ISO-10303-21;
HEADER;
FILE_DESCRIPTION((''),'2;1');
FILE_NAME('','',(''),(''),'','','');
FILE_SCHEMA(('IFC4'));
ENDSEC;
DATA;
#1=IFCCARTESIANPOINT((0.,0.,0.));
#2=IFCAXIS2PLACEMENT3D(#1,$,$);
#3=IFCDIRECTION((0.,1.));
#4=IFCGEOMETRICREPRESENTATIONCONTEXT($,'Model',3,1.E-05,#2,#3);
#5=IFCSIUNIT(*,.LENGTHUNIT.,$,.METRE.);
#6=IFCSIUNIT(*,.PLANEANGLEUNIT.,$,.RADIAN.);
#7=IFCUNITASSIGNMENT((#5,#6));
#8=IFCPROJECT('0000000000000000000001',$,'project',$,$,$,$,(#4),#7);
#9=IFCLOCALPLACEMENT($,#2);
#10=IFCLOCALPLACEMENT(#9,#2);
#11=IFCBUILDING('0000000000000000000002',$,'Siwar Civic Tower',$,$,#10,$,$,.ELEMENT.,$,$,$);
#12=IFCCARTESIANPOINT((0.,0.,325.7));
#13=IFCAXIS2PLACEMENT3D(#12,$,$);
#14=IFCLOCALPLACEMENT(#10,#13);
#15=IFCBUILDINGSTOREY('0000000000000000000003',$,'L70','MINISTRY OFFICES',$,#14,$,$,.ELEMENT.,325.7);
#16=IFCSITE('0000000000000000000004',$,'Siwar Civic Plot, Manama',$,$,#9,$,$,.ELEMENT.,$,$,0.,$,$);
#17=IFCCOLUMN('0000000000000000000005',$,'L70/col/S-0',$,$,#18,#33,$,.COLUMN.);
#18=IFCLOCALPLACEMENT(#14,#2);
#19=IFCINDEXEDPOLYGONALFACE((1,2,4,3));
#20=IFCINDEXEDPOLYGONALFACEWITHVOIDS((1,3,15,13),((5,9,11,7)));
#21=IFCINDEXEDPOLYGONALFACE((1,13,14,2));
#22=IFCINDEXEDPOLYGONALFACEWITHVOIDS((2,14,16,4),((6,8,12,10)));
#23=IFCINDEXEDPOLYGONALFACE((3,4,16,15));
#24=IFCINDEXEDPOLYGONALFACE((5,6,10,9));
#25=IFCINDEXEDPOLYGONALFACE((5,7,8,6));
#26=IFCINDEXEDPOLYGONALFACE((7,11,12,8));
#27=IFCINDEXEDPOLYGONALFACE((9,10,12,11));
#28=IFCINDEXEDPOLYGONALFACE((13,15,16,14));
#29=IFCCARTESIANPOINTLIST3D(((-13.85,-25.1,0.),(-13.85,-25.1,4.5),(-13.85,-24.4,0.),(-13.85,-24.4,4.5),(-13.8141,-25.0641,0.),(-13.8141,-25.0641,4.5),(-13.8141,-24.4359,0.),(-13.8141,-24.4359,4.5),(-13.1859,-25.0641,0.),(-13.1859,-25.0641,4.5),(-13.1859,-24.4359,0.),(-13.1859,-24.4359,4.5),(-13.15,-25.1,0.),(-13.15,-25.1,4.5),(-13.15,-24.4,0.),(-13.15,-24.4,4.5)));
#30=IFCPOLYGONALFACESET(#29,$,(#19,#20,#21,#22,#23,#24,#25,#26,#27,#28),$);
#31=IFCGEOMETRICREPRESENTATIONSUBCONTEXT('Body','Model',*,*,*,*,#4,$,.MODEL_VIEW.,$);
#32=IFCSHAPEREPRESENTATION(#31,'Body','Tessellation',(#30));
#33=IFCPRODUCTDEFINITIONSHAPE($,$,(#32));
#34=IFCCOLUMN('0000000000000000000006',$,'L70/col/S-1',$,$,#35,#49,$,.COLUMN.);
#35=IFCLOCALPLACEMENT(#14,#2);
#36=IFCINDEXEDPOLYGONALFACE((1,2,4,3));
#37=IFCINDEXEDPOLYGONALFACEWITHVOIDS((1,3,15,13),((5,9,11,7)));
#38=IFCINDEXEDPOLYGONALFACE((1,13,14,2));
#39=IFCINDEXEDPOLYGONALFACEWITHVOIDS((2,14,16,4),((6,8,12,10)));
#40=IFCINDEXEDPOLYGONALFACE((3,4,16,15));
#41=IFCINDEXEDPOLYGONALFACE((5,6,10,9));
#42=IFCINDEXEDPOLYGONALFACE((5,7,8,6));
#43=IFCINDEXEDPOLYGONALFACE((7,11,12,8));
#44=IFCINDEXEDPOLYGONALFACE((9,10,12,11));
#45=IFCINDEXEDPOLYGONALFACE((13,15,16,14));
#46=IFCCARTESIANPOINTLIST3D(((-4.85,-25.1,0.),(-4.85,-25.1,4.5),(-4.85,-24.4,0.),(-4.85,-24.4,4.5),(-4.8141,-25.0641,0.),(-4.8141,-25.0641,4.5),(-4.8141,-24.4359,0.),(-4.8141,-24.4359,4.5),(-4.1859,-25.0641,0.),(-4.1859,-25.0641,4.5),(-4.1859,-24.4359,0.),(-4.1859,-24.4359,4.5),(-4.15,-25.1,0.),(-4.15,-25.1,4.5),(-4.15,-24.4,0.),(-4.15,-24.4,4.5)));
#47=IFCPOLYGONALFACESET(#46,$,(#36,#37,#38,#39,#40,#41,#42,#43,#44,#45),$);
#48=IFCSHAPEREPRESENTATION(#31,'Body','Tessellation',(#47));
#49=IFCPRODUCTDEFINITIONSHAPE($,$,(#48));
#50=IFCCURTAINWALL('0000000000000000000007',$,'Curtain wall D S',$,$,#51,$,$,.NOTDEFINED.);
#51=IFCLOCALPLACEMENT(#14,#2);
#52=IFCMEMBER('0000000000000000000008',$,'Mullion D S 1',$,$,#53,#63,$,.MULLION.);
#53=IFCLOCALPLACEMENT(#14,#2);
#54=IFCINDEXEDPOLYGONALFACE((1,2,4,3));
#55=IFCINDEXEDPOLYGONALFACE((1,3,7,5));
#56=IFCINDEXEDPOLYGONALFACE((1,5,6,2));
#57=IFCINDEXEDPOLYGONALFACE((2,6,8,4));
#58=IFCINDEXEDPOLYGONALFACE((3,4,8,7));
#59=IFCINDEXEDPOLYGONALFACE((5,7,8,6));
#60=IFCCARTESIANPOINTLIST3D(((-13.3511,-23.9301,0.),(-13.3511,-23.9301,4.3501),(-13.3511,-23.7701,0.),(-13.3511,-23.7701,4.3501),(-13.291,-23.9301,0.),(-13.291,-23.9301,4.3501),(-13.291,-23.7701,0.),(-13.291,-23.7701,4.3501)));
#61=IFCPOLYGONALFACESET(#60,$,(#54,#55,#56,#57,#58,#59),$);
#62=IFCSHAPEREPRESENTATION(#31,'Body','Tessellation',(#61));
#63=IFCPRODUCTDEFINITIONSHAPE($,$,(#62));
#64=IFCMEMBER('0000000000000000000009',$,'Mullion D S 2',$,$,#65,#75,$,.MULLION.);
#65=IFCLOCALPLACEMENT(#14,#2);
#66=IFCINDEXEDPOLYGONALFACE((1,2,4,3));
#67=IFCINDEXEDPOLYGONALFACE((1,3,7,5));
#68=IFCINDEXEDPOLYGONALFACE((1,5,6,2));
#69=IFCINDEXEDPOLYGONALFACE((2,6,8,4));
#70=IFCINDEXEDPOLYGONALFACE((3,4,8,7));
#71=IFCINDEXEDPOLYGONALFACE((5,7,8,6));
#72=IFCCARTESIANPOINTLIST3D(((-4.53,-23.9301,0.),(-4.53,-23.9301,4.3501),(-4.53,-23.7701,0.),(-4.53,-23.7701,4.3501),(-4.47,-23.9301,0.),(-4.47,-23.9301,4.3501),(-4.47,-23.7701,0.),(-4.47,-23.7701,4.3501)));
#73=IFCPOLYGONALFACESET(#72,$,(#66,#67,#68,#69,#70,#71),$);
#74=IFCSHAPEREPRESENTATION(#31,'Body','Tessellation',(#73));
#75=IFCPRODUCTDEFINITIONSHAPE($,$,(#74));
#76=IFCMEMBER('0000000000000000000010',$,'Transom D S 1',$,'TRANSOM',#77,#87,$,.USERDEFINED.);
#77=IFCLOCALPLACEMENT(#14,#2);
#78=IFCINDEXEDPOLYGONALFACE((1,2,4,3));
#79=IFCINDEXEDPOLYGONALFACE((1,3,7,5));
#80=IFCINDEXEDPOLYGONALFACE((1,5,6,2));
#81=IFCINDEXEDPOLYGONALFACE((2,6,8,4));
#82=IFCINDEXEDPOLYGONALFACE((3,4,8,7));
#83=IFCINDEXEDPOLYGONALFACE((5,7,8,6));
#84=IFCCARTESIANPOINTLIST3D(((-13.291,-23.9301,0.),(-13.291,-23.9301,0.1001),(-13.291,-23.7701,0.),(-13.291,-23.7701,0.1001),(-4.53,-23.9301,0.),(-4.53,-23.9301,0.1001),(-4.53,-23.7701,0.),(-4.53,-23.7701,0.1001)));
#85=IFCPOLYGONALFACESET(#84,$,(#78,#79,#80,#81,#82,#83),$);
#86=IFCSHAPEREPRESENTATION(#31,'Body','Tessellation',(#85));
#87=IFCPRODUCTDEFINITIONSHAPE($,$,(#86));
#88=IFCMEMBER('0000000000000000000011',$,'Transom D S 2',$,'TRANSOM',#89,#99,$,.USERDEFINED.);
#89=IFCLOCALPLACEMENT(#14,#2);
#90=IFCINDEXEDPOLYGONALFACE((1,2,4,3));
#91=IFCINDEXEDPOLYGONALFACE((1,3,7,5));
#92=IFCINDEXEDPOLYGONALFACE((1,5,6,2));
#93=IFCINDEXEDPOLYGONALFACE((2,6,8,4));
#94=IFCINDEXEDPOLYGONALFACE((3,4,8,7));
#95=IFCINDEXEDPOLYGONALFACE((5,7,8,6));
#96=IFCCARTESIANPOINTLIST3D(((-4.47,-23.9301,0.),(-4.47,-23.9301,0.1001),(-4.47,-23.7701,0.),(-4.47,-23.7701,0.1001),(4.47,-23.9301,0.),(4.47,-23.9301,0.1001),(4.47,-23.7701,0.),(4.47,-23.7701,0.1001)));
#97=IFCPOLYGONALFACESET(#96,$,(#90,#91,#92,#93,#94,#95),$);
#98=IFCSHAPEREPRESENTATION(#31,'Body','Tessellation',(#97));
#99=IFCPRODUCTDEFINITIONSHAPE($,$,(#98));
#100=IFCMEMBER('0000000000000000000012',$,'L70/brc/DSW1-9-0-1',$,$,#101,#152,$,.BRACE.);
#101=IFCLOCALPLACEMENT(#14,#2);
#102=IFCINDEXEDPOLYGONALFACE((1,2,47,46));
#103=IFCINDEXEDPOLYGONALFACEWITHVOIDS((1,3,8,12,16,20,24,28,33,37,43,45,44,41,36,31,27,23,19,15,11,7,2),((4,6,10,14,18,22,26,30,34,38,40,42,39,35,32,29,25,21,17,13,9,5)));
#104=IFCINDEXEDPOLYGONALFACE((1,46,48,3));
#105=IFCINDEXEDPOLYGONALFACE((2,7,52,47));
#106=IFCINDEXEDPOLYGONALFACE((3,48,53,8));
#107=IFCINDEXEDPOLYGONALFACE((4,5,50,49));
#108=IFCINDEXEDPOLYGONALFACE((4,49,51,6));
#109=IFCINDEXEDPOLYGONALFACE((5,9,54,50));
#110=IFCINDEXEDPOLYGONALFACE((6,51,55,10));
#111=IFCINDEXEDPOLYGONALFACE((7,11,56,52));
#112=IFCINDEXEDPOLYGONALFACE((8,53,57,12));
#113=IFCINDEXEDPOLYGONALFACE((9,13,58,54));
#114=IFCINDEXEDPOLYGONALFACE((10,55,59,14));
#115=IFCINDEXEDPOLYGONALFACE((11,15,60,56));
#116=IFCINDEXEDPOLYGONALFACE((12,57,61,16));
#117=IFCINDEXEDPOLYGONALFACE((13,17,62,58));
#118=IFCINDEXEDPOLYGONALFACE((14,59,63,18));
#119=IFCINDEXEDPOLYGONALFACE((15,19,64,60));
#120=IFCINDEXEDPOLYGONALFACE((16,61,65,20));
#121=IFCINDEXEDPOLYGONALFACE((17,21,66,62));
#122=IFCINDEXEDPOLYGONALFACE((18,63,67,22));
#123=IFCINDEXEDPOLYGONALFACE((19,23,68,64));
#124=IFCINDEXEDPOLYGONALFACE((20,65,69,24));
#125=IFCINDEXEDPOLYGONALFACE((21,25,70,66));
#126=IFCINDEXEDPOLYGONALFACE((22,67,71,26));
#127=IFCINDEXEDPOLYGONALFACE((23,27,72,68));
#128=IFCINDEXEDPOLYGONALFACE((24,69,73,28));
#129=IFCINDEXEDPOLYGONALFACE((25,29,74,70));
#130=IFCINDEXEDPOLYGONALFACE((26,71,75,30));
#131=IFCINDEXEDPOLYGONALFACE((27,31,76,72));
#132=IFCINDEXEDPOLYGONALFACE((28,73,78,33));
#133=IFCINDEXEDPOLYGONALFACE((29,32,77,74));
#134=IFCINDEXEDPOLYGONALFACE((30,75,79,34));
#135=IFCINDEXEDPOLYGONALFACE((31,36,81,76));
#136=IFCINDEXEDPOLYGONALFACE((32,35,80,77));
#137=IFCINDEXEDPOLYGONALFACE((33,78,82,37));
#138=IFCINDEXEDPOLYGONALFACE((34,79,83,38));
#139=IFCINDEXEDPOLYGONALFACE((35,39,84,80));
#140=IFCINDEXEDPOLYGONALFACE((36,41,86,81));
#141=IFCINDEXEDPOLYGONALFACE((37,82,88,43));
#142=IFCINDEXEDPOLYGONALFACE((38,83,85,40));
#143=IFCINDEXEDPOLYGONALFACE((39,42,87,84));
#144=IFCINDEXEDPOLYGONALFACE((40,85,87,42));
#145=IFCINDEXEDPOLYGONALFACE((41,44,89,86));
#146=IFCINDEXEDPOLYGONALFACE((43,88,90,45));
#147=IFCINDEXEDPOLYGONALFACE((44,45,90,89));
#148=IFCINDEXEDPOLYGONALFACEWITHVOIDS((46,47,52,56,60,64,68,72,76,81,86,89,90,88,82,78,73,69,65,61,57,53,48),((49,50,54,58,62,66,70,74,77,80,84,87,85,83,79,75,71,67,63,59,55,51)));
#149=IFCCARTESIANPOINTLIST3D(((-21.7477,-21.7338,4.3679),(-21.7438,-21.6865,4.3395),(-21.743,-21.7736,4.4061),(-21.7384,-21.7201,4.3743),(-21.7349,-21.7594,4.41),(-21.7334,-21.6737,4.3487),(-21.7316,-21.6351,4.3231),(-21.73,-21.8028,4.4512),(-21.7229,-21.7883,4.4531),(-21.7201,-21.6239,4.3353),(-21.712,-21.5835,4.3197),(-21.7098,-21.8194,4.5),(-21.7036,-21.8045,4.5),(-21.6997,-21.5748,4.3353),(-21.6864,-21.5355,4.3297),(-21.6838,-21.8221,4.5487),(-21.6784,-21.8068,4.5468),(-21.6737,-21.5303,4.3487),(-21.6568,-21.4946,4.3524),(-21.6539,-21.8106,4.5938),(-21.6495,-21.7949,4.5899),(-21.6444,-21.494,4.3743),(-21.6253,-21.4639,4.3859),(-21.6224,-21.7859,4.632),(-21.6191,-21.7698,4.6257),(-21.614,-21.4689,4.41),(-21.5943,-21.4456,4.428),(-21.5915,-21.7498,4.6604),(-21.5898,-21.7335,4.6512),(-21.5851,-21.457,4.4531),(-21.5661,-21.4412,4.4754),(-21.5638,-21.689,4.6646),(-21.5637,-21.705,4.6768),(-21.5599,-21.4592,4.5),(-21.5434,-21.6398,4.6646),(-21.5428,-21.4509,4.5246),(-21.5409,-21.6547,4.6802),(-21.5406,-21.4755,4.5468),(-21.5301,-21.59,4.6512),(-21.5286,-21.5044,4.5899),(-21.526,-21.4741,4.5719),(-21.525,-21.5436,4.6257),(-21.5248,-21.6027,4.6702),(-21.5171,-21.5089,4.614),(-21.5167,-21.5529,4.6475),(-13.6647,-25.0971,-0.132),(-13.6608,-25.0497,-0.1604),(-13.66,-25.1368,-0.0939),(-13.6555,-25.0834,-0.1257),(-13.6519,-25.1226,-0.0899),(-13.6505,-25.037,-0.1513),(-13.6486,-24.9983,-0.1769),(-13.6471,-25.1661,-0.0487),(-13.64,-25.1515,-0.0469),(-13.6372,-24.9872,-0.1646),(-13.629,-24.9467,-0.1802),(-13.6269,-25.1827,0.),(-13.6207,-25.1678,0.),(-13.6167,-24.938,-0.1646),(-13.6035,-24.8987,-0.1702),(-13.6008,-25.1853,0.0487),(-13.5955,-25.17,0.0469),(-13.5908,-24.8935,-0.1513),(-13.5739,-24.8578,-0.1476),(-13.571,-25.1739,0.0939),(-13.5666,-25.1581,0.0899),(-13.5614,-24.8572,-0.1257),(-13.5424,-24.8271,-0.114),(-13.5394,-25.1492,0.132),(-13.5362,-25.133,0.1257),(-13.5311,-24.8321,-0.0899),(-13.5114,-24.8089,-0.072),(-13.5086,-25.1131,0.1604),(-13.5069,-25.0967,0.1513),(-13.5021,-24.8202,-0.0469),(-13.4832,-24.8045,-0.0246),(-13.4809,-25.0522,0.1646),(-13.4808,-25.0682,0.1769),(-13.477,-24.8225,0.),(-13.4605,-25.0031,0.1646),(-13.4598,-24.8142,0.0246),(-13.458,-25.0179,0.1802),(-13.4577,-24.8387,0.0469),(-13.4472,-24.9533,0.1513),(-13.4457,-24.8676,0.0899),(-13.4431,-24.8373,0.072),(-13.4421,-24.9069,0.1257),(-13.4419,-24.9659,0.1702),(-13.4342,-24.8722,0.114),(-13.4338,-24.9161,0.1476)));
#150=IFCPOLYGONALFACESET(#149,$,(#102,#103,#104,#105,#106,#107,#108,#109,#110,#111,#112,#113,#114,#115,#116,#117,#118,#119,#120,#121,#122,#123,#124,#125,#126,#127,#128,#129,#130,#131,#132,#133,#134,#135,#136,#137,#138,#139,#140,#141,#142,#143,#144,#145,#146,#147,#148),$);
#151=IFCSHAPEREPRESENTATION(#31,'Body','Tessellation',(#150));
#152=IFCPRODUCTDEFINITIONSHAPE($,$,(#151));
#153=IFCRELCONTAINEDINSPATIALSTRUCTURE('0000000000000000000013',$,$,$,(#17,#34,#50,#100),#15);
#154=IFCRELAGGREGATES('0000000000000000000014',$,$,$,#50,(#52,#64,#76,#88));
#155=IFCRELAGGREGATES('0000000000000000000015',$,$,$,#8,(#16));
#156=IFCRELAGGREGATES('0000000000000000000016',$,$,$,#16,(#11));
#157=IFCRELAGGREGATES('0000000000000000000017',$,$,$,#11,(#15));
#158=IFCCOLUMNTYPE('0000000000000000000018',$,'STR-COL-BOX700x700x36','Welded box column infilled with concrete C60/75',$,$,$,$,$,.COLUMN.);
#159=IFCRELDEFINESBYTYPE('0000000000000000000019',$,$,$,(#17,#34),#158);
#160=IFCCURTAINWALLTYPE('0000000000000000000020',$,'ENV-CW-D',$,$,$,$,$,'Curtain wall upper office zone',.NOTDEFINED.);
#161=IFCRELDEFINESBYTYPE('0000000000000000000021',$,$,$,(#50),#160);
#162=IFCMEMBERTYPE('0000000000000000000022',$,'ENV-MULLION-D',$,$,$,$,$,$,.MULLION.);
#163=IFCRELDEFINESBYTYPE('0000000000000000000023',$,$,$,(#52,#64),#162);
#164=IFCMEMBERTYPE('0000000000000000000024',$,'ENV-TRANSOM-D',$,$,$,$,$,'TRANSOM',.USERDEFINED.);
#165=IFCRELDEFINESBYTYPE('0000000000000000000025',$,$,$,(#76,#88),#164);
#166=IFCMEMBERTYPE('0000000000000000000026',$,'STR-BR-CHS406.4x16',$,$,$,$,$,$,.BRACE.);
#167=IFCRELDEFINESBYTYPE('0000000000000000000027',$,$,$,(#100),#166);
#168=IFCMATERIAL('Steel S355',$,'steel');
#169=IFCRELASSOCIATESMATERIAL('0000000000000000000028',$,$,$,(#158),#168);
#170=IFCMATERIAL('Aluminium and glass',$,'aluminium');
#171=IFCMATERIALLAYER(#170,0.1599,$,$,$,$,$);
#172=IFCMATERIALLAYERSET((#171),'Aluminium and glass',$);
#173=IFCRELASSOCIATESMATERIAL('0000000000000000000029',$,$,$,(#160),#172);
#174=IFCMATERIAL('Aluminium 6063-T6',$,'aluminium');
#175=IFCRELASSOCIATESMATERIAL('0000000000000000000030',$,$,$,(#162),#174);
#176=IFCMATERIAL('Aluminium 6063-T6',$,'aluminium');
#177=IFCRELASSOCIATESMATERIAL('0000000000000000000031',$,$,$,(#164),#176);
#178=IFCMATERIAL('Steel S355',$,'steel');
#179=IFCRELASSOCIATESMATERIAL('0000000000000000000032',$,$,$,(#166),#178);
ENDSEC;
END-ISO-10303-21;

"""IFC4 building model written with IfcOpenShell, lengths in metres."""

from ifc_helpers import new_model, si_unit, direction, frame, origin, origin_2d, place, context, subcontext, project, spatial, rectangle, hollow_rectangle, hollow_circle, extrude, material, layer, layer_set, material_profile, profile_set, type_object, element, aggregate, save


model = new_model("IFC4")

# Units and contexts
model_context = context("Model", 3, precision=1e-05, world=origin(), true_north=direction((0.0, 1.0)))
body_context = subcontext(model_context, "Body", "Model", "MODEL_VIEW")
ifc_project = project(units=[si_unit("LENGTHUNIT", "METRE"), si_unit("PLANEANGLEUNIT", "RADIAN")], contexts=[model_context])

# Site, building, storey
site_placement = place(None, origin())
site = spatial("IfcSite", under=ifc_project, at=site_placement, Name="Siwar Civic Plot, Manama", CompositionType="ELEMENT", RefElevation=0.0)
building_placement = place(site_placement, origin())
building = spatial("IfcBuilding", under=site, at=building_placement, Name="Siwar Civic Tower", CompositionType="ELEMENT")
storey_placement = place(building_placement, frame((0.0, 0.0, 325.7)))
storey = spatial("IfcBuildingStorey", under=building, at=storey_placement, Name="L70", Description="MINISTRY OFFICES", CompositionType="ELEMENT", Elevation=325.7)

# Columns
ifc_material_1 = material(Name="Steel S355", Category="steel")
ifc_material_profile_1 = material_profile(ifc_material_1, hollow_rectangle(XDim=0.7, YDim=0.7, WallThickness=0.0359, at=origin_2d()), Name="BOX700x700x36")
ifc_profile_set_1 = profile_set([ifc_material_profile_1], Name="Steel S355")
column_type = type_object("IfcColumnType", Name="STR-COL-BOX700x700x36", Description="Welded box column infilled with concrete C60/75", PredefinedType="COLUMN", material=ifc_profile_set_1)
for number, where, z_axis, x_axis, name in (
    (1, (-13.5, -24.75, 0.0), (0.0, 0.0, 1.0), (1.0, 0.0, 0.0), "L70/col/S-0"),
    (2, (-4.5, -24.75, 0.0), (0.0, 0.0, 1.0), (1.0, 0.0, 0.0), "L70/col/S-1"),
):
    element("IfcColumn", number, at=place(storey_placement, frame(where, z_axis=z_axis, x_axis=x_axis)), inside=storey, type_object=column_type, Name=name, PredefinedType="COLUMN", context=body_context, shape_type="SweptSolid", body=[
        extrude(hollow_rectangle(XDim=0.7, YDim=0.7, WallThickness=0.0359, at=origin_2d()), origin(), (0.0, 0.0, 1.0), 4.5),
    ])

# Curtain wall, members
ifc_material_2 = material(Name="Aluminium and glass", Category="aluminium")
ifc_layer_1 = layer(ifc_material_2, 0.1599)
ifc_layer_set_1 = layer_set([ifc_layer_1], Name="Aluminium and glass")
curtain_wall_type = type_object("IfcCurtainWallType", Name="ENV-CW-D", ElementType="Curtain wall upper office zone", PredefinedType="NOTDEFINED", material=ifc_layer_set_1)
curtain_wall_placement = place(storey_placement, origin())
curtain_wall = element("IfcCurtainWall", 3, at=curtain_wall_placement, inside=storey, type_object=curtain_wall_type, Name="Curtain wall D S", PredefinedType="NOTDEFINED")
ifc_material_3 = material(Name="Aluminium 6063-T6", Category="aluminium")
ifc_material_profile_2 = material_profile(ifc_material_3, rectangle(XDim=0.1599, YDim=0.0601, at=origin_2d()), Name="AL 160x60")
ifc_profile_set_2 = profile_set([ifc_material_profile_2], Name="Aluminium 6063-T6")
member_type_1 = type_object("IfcMemberType", Name="ENV-MULLION-D", PredefinedType="MULLION", material=ifc_profile_set_2)
member_1_placement = place(storey_placement, frame((-13.321, -23.8501, 0.0), z_axis=(0.0, 0.0, 1.0), x_axis=(0.0, 1.0, 0.0)))
member_1 = element("IfcMember", 4, at=member_1_placement, type_object=member_type_1, Name="Mullion D S 1", PredefinedType="MULLION", context=body_context, shape_type="SweptSolid", body=[
    extrude(rectangle(XDim=0.1599, YDim=0.0601, at=origin_2d()), origin(), (0.0, 0.0, 1.0), 4.3501),
])
member_2_placement = place(storey_placement, frame((-4.5, -23.8501, 0.0), z_axis=(0.0, 0.0, 1.0), x_axis=(0.0, 1.0, 0.0)))
member_2 = element("IfcMember", 5, at=member_2_placement, type_object=member_type_1, Name="Mullion D S 2", PredefinedType="MULLION", context=body_context, shape_type="SweptSolid", body=[
    extrude(rectangle(XDim=0.1599, YDim=0.0601, at=origin_2d()), origin(), (0.0, 0.0, 1.0), 4.3501),
])
ifc_material_4 = material(Name="Aluminium 6063-T6", Category="aluminium")
ifc_material_profile_3 = material_profile(ifc_material_4, rectangle(XDim=0.1599, YDim=0.1001, at=origin_2d()), Name="AL 160x100")
ifc_profile_set_3 = profile_set([ifc_material_profile_3], Name="Aluminium 6063-T6")
member_type_2 = type_object("IfcMemberType", Name="ENV-TRANSOM-D", ElementType="TRANSOM", PredefinedType="USERDEFINED", material=ifc_profile_set_3)
member_3_placement = place(storey_placement, frame((-13.291, -23.8501, 0.05), z_axis=(1.0, 0.0, 0.0), x_axis=(0.0, 1.0, 0.0)))
member_3 = element("IfcMember", 6, at=member_3_placement, type_object=member_type_2, Name="Transom D S 1", ObjectType="TRANSOM", PredefinedType="USERDEFINED", context=body_context, shape_type="SweptSolid", body=[
    extrude(rectangle(XDim=0.1599, YDim=0.1001, at=origin_2d()), origin(), (0.0, 0.0, 1.0), 8.761),
])
member_4_placement = place(storey_placement, frame((-4.47, -23.8501, 0.05), z_axis=(1.0, 0.0, 0.0), x_axis=(0.0, 1.0, 0.0)))
member_4 = element("IfcMember", 7, at=member_4_placement, type_object=member_type_2, Name="Transom D S 2", ObjectType="TRANSOM", PredefinedType="USERDEFINED", context=body_context, shape_type="SweptSolid", body=[
    extrude(rectangle(XDim=0.1599, YDim=0.1001, at=origin_2d()), origin(), (0.0, 0.0, 1.0), 8.9399),
])

# Member
ifc_material_5 = material(Name="Steel S355", Category="steel")
ifc_material_profile_4 = material_profile(ifc_material_5, hollow_circle(Radius=0.2031, WallThickness=0.0161, at=origin_2d()), Name="CHS406.4x16")
ifc_profile_set_4 = profile_set([ifc_material_profile_4], Name="Steel S355")
member_type_3 = type_object("IfcMemberType", Name="STR-BR-CHS406.4x16", PredefinedType="BRACE", material=ifc_profile_set_4)
member_5_placement = place(storey_placement, frame((-13.5488, -24.9951, 0.0), z_axis=(-0.821143, 0.341671, 0.457149), x_axis=(-0.384164, -0.923265, 0.0)))
element("IfcMember", 8, at=member_5_placement, inside=storey, type_object=member_type_3, Name="L70/brc/DSW1-9-0-1", PredefinedType="BRACE", context=body_context, shape_type="SweptSolid", body=[
    extrude(hollow_circle(Radius=0.2031, WallThickness=0.0161, at=origin_2d()), origin(), (0.0, 0.0, 1.0), 9.8435),
])

aggregate(curtain_wall, [member_1, member_2, member_3, member_4])

save(model, "model.ifc")
